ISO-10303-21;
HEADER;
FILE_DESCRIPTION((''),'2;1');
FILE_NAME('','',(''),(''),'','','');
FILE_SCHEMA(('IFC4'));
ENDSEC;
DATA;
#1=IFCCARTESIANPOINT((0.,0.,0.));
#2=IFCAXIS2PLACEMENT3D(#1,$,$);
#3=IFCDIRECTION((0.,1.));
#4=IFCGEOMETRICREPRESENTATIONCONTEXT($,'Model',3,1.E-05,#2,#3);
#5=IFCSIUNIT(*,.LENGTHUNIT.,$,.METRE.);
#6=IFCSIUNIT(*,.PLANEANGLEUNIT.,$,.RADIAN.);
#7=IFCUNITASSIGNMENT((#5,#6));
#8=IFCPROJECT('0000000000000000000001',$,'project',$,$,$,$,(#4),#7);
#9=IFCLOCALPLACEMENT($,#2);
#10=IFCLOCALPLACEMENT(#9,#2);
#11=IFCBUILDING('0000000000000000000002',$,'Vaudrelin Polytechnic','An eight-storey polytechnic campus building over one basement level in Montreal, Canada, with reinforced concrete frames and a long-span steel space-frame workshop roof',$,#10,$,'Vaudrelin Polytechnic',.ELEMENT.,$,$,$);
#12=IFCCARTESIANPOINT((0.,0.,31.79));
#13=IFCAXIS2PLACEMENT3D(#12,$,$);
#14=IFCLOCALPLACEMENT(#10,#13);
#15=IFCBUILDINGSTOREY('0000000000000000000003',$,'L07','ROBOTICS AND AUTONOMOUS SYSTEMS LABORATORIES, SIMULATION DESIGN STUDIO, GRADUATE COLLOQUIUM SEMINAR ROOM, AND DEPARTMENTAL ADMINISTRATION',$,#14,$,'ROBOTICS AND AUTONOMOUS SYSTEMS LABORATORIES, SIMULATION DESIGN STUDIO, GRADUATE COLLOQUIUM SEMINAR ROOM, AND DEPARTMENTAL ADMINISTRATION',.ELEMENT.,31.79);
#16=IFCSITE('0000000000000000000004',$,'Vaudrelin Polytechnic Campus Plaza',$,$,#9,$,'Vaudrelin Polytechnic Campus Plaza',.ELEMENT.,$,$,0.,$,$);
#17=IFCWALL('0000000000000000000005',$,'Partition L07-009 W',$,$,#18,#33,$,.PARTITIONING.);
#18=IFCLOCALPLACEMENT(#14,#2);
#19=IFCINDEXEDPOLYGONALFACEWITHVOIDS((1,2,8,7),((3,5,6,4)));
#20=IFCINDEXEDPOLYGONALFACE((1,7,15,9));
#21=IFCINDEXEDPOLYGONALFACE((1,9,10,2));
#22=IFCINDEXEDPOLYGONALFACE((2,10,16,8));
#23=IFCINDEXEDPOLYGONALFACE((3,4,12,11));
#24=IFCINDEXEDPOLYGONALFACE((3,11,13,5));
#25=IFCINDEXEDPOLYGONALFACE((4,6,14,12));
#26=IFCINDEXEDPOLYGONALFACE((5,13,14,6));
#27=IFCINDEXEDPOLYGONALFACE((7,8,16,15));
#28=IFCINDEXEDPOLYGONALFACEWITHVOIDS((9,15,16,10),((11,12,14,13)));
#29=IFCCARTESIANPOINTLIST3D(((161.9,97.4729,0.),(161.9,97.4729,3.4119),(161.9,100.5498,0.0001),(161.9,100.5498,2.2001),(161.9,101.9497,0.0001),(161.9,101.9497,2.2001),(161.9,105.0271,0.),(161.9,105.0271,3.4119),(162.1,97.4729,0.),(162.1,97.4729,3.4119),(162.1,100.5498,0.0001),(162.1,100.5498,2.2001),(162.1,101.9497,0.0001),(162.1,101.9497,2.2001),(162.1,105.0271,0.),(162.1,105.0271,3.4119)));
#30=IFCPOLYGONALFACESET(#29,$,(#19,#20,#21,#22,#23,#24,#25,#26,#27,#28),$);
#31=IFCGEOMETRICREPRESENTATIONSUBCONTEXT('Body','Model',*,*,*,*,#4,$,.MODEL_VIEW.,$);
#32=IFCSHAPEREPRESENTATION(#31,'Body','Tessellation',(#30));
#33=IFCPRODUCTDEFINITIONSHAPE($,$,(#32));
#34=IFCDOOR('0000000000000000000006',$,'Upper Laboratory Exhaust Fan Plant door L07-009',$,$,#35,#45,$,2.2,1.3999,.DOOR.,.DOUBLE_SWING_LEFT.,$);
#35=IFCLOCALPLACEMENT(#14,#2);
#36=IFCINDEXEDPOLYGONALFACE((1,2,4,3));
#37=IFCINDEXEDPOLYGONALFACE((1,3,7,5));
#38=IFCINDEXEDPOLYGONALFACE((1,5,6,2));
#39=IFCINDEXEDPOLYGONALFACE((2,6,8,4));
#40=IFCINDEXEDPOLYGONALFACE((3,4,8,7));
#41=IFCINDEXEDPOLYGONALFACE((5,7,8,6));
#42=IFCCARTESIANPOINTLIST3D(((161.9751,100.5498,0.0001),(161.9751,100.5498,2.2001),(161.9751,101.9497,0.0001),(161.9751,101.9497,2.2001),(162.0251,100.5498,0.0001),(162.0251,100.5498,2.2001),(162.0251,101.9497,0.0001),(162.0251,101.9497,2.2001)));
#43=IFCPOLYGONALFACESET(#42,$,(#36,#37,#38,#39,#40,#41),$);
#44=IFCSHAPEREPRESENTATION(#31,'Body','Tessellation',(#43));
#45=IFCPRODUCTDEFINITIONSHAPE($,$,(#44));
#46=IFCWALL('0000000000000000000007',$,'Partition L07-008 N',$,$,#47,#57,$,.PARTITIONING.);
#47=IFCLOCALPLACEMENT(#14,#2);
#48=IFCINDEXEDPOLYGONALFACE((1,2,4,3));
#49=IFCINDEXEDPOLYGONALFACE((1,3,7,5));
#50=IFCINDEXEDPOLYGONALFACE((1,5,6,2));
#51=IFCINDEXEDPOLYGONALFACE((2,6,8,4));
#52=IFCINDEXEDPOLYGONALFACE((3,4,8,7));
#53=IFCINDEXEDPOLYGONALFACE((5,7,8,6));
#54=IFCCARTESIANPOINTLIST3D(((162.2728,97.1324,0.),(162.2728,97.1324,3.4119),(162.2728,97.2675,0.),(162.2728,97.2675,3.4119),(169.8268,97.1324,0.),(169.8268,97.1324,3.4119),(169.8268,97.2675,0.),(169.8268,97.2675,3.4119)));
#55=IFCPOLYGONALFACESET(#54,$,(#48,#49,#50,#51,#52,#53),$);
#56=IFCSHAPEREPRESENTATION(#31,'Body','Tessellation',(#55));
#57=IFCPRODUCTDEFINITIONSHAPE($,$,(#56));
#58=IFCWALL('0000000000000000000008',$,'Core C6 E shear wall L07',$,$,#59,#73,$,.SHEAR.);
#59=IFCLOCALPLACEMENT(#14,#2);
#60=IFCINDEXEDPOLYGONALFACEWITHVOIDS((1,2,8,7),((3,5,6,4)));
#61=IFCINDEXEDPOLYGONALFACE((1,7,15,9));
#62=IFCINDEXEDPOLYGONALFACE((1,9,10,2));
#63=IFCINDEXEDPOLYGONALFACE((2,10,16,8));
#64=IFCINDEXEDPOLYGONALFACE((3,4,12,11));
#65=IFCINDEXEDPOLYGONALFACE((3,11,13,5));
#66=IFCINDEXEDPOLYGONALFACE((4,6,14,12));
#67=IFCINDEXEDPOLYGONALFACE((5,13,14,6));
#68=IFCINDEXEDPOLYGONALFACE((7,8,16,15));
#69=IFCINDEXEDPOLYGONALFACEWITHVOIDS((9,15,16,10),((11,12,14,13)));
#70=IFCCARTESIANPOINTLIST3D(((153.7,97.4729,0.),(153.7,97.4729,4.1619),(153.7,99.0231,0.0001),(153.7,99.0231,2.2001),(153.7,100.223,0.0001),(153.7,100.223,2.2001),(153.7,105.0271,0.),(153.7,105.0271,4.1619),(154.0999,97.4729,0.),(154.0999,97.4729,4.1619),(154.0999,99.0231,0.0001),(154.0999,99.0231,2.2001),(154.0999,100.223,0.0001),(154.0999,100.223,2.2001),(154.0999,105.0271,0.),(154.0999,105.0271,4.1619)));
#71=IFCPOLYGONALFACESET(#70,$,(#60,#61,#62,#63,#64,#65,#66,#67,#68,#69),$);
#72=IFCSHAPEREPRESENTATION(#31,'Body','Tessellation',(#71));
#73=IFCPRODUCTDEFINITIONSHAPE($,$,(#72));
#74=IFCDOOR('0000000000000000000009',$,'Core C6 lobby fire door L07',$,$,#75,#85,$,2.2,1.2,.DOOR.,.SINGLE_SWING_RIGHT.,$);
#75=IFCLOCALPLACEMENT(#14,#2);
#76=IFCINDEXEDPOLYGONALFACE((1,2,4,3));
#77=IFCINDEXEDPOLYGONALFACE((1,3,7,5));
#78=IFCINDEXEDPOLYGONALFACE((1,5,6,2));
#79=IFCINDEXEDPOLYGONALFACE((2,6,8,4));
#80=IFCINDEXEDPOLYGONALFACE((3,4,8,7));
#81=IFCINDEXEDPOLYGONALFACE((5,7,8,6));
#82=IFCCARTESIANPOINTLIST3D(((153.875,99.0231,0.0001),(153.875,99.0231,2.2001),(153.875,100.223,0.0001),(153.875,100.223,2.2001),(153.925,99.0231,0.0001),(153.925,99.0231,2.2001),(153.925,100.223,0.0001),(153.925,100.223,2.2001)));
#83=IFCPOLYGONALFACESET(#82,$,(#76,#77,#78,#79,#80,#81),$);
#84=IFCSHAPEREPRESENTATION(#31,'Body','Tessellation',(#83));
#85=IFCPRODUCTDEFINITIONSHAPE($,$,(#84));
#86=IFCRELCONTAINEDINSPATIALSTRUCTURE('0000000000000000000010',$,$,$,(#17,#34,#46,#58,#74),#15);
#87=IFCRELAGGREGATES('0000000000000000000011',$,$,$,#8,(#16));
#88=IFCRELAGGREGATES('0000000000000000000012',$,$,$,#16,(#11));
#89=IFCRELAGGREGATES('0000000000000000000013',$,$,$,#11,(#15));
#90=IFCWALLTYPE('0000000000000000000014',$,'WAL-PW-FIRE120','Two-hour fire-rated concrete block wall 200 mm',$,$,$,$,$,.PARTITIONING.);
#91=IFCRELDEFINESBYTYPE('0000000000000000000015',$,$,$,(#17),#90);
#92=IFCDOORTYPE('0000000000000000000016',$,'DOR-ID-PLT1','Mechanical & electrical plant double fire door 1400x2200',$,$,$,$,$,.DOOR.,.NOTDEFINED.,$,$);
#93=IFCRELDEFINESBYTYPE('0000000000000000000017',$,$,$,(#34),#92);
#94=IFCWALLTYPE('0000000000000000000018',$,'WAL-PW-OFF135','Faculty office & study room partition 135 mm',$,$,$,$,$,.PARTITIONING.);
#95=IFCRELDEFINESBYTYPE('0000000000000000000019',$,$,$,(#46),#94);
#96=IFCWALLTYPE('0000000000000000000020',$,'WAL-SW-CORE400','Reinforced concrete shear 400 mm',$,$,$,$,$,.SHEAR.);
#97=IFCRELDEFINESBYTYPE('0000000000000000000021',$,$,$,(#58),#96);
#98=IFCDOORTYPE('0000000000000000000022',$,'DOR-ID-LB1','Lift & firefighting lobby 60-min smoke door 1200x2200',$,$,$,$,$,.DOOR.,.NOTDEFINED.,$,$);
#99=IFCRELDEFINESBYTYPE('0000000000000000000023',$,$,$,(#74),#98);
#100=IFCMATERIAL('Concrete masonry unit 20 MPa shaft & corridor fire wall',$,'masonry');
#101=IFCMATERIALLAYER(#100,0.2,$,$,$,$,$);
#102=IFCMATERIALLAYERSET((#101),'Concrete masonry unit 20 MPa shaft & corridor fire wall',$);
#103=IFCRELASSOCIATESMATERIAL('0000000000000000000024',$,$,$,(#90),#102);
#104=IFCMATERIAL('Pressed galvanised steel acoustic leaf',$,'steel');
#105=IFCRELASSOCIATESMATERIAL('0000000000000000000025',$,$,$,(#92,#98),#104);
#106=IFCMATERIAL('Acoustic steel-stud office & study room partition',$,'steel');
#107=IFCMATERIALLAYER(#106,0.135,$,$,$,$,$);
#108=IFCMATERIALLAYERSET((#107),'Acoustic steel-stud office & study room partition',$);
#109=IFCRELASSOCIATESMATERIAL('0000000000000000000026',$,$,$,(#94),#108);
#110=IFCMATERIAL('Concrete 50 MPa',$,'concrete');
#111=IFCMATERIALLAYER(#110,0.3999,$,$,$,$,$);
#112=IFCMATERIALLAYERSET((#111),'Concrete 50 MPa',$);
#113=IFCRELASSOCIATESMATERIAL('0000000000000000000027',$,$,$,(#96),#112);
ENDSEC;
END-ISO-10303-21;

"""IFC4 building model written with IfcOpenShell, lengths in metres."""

from ifc_helpers import new_model, si_unit, direction, frame, frame_2d, origin, place, context, subcontext, project, spatial, rectangle, extrude, material, layer, layer_set, type_object, element, fill, save


model = new_model("IFC4")

# Units and contexts
model_context = context("Model", 3, precision=1e-05, world=origin(), true_north=direction((0.0, 1.0)))
body_context = subcontext(model_context, "Body", "Model", "MODEL_VIEW")
ifc_project = project(units=[si_unit("LENGTHUNIT", "METRE"), si_unit("PLANEANGLEUNIT", "RADIAN")], contexts=[model_context])

# Site, building, storey
site_placement = place(None, origin())
site = spatial("IfcSite", under=ifc_project, at=site_placement, Name="Vaudrelin Polytechnic Campus Plaza", LongName="Vaudrelin Polytechnic Campus Plaza", CompositionType="ELEMENT", RefElevation=0.0)
building_placement = place(site_placement, origin())
building = spatial("IfcBuilding", under=site, at=building_placement, Name="Vaudrelin Polytechnic", Description="An eight-storey polytechnic campus building over one basement level in Montreal, Canada, with reinforced concrete frames and a long-span steel space-frame workshop roof", LongName="Vaudrelin Polytechnic", CompositionType="ELEMENT")
storey_placement = place(building_placement, frame((0.0, 0.0, 31.79)))
storey = spatial("IfcBuildingStorey", under=building, at=storey_placement, Name="L07", Description="ROBOTICS AND AUTONOMOUS SYSTEMS LABORATORIES, SIMULATION DESIGN STUDIO, GRADUATE COLLOQUIUM SEMINAR ROOM, AND DEPARTMENTAL ADMINISTRATION", LongName="ROBOTICS AND AUTONOMOUS SYSTEMS LABORATORIES, SIMULATION DESIGN STUDIO, GRADUATE COLLOQUIUM SEMINAR ROOM, AND DEPARTMENTAL ADMINISTRATION", CompositionType="ELEMENT", Elevation=31.79)

# Shared definitions
ifc_material_1 = material(Name="Concrete 50 MPa", Category="concrete")

# Wall, opening, door
ifc_material_2 = material(Name="Concrete masonry unit 20 MPa shaft & corridor fire wall", Category="masonry")
ifc_layer_1 = layer(ifc_material_2, 0.2)
ifc_layer_set_1 = layer_set([ifc_layer_1], Name="Concrete masonry unit 20 MPa shaft & corridor fire wall")
wall_type_1 = type_object("IfcWallType", Name="WAL-PW-FIRE120", Description="Two-hour fire-rated concrete block wall 200 mm", PredefinedType="PARTITIONING", material=ifc_layer_set_1)
wall_1_placement = place(storey_placement, frame((162.0, 97.4729, 0.0), z_axis=(0.0, 0.0, 1.0), x_axis=(0.0, 1.0, 0.0)))
wall_1 = element("IfcWall", 1, at=wall_1_placement, inside=storey, type_object=wall_type_1, Name="Partition L07-009 W", PredefinedType="PARTITIONING", context=body_context, shape_type="SweptSolid", body=[
    extrude(rectangle(XDim=7.5542, YDim=0.2, at=frame_2d((3.7771, 0.0))), origin(), (0.0, 0.0, 1.0), 3.4119),
])
opening_1_placement = place(wall_1_placement, frame((3.0769, 0.0, 0.0)))
opening_1 = element("IfcOpeningElement", 2, at=opening_1_placement, cuts=wall_1, PredefinedType="OPENING", context=body_context, shape_type="SweptSolid", body=[
    extrude(rectangle(XDim=1.3999, YDim=2.2, at=frame_2d((0.7, 1.1001))), frame((0.0, 0.1099, 0.0), z_axis=(0.0, -1.0, 0.0), x_axis=(1.0, 0.0, 0.0)), (0.0, 0.0, 1.0), 0.22),
])
ifc_material_3 = material(Name="Pressed galvanised steel acoustic leaf", Category="steel")
door_type_1 = type_object("IfcDoorType", Name="DOR-ID-PLT1", Description="Mechanical & electrical plant double fire door 1400x2200", OperationType="NOTDEFINED", PredefinedType="DOOR", material=ifc_material_3)
door_1_placement = place(opening_1_placement, origin())
door_1 = element("IfcDoor", 3, at=door_1_placement, inside=storey, type_object=door_type_1, Name="Upper Laboratory Exhaust Fan Plant door L07-009", OperationType="DOUBLE_SWING_LEFT", OverallHeight=2.2, OverallWidth=1.3999, PredefinedType="DOOR", context=body_context, shape_type="SweptSolid", body=[
    extrude(rectangle(XDim=1.3999, YDim=2.2, at=frame_2d((0.7, 1.1001))), frame((0.0, 0.0249, 0.0), z_axis=(0.0, -1.0, 0.0), x_axis=(1.0, 0.0, 0.0)), (0.0, 0.0, 1.0), 0.05),
])
fill(opening_1, door_1)

# Wall
ifc_material_4 = material(Name="Acoustic steel-stud office & study room partition", Category="steel")
ifc_layer_2 = layer(ifc_material_4, 0.135)
ifc_layer_set_2 = layer_set([ifc_layer_2], Name="Acoustic steel-stud office & study room partition")
wall_type_2 = type_object("IfcWallType", Name="WAL-PW-OFF135", Description="Faculty office & study room partition 135 mm", PredefinedType="PARTITIONING", material=ifc_layer_set_2)
wall_2_placement = place(storey_placement, frame((162.2729, 97.2, 0.0), z_axis=(0.0, 0.0, 1.0), x_axis=(1.0, 0.0, 0.0)))
element("IfcWall", 4, at=wall_2_placement, inside=storey, type_object=wall_type_2, Name="Partition L07-008 N", PredefinedType="PARTITIONING", context=body_context, shape_type="SweptSolid", body=[
    extrude(rectangle(XDim=7.554, YDim=0.135, at=frame_2d((3.7769, 0.0))), origin(), (0.0, 0.0, 1.0), 3.4119),
])

# Wall, opening, door
ifc_layer_3 = layer(ifc_material_1, 0.3999)
ifc_layer_set_3 = layer_set([ifc_layer_3], Name="Concrete 50 MPa")
wall_type_3 = type_object("IfcWallType", Name="WAL-SW-CORE400", Description="Reinforced concrete shear 400 mm", PredefinedType="SHEAR", material=ifc_layer_set_3)
wall_3_placement = place(storey_placement, frame((153.8999, 97.4729, 0.0), z_axis=(0.0, 0.0, 1.0), x_axis=(0.0, 1.0, 0.0)))
wall_3 = element("IfcWall", 5, at=wall_3_placement, inside=storey, type_object=wall_type_3, Name="Core C6 E shear wall L07", PredefinedType="SHEAR", context=body_context, shape_type="SweptSolid", body=[
    extrude(rectangle(XDim=7.5542, YDim=0.3999, at=frame_2d((3.7771, 0.0))), origin(), (0.0, 0.0, 1.0), 4.1619),
])
opening_2_placement = place(wall_3_placement, frame((1.55, 0.0, 0.0)))
opening_2 = element("IfcOpeningElement", 6, at=opening_2_placement, cuts=wall_3, PredefinedType="OPENING", context=body_context, shape_type="SweptSolid", body=[
    extrude(rectangle(XDim=1.2, YDim=2.2, at=frame_2d((0.6001, 1.1001))), frame((0.0, 0.21, 0.0), z_axis=(0.0, -1.0, 0.0), x_axis=(1.0, 0.0, 0.0)), (0.0, 0.0, 1.0), 0.4199),
])
door_type_2 = type_object("IfcDoorType", Name="DOR-ID-LB1", Description="Lift & firefighting lobby 60-min smoke door 1200x2200", OperationType="NOTDEFINED", PredefinedType="DOOR", material=ifc_material_3)
door_2_placement = place(opening_2_placement, origin())
door_2 = element("IfcDoor", 7, at=door_2_placement, inside=storey, type_object=door_type_2, Name="Core C6 lobby fire door L07", OperationType="SINGLE_SWING_RIGHT", OverallHeight=2.2, OverallWidth=1.2, PredefinedType="DOOR", context=body_context, shape_type="SweptSolid", body=[
    extrude(rectangle(XDim=1.2, YDim=2.2, at=frame_2d((0.6001, 1.1001))), frame((0.0, 0.0249, 0.0), z_axis=(0.0, -1.0, 0.0), x_axis=(1.0, 0.0, 0.0)), (0.0, 0.0, 1.0), 0.05),
])
fill(opening_2, door_2)

save(model, "model.ifc")
